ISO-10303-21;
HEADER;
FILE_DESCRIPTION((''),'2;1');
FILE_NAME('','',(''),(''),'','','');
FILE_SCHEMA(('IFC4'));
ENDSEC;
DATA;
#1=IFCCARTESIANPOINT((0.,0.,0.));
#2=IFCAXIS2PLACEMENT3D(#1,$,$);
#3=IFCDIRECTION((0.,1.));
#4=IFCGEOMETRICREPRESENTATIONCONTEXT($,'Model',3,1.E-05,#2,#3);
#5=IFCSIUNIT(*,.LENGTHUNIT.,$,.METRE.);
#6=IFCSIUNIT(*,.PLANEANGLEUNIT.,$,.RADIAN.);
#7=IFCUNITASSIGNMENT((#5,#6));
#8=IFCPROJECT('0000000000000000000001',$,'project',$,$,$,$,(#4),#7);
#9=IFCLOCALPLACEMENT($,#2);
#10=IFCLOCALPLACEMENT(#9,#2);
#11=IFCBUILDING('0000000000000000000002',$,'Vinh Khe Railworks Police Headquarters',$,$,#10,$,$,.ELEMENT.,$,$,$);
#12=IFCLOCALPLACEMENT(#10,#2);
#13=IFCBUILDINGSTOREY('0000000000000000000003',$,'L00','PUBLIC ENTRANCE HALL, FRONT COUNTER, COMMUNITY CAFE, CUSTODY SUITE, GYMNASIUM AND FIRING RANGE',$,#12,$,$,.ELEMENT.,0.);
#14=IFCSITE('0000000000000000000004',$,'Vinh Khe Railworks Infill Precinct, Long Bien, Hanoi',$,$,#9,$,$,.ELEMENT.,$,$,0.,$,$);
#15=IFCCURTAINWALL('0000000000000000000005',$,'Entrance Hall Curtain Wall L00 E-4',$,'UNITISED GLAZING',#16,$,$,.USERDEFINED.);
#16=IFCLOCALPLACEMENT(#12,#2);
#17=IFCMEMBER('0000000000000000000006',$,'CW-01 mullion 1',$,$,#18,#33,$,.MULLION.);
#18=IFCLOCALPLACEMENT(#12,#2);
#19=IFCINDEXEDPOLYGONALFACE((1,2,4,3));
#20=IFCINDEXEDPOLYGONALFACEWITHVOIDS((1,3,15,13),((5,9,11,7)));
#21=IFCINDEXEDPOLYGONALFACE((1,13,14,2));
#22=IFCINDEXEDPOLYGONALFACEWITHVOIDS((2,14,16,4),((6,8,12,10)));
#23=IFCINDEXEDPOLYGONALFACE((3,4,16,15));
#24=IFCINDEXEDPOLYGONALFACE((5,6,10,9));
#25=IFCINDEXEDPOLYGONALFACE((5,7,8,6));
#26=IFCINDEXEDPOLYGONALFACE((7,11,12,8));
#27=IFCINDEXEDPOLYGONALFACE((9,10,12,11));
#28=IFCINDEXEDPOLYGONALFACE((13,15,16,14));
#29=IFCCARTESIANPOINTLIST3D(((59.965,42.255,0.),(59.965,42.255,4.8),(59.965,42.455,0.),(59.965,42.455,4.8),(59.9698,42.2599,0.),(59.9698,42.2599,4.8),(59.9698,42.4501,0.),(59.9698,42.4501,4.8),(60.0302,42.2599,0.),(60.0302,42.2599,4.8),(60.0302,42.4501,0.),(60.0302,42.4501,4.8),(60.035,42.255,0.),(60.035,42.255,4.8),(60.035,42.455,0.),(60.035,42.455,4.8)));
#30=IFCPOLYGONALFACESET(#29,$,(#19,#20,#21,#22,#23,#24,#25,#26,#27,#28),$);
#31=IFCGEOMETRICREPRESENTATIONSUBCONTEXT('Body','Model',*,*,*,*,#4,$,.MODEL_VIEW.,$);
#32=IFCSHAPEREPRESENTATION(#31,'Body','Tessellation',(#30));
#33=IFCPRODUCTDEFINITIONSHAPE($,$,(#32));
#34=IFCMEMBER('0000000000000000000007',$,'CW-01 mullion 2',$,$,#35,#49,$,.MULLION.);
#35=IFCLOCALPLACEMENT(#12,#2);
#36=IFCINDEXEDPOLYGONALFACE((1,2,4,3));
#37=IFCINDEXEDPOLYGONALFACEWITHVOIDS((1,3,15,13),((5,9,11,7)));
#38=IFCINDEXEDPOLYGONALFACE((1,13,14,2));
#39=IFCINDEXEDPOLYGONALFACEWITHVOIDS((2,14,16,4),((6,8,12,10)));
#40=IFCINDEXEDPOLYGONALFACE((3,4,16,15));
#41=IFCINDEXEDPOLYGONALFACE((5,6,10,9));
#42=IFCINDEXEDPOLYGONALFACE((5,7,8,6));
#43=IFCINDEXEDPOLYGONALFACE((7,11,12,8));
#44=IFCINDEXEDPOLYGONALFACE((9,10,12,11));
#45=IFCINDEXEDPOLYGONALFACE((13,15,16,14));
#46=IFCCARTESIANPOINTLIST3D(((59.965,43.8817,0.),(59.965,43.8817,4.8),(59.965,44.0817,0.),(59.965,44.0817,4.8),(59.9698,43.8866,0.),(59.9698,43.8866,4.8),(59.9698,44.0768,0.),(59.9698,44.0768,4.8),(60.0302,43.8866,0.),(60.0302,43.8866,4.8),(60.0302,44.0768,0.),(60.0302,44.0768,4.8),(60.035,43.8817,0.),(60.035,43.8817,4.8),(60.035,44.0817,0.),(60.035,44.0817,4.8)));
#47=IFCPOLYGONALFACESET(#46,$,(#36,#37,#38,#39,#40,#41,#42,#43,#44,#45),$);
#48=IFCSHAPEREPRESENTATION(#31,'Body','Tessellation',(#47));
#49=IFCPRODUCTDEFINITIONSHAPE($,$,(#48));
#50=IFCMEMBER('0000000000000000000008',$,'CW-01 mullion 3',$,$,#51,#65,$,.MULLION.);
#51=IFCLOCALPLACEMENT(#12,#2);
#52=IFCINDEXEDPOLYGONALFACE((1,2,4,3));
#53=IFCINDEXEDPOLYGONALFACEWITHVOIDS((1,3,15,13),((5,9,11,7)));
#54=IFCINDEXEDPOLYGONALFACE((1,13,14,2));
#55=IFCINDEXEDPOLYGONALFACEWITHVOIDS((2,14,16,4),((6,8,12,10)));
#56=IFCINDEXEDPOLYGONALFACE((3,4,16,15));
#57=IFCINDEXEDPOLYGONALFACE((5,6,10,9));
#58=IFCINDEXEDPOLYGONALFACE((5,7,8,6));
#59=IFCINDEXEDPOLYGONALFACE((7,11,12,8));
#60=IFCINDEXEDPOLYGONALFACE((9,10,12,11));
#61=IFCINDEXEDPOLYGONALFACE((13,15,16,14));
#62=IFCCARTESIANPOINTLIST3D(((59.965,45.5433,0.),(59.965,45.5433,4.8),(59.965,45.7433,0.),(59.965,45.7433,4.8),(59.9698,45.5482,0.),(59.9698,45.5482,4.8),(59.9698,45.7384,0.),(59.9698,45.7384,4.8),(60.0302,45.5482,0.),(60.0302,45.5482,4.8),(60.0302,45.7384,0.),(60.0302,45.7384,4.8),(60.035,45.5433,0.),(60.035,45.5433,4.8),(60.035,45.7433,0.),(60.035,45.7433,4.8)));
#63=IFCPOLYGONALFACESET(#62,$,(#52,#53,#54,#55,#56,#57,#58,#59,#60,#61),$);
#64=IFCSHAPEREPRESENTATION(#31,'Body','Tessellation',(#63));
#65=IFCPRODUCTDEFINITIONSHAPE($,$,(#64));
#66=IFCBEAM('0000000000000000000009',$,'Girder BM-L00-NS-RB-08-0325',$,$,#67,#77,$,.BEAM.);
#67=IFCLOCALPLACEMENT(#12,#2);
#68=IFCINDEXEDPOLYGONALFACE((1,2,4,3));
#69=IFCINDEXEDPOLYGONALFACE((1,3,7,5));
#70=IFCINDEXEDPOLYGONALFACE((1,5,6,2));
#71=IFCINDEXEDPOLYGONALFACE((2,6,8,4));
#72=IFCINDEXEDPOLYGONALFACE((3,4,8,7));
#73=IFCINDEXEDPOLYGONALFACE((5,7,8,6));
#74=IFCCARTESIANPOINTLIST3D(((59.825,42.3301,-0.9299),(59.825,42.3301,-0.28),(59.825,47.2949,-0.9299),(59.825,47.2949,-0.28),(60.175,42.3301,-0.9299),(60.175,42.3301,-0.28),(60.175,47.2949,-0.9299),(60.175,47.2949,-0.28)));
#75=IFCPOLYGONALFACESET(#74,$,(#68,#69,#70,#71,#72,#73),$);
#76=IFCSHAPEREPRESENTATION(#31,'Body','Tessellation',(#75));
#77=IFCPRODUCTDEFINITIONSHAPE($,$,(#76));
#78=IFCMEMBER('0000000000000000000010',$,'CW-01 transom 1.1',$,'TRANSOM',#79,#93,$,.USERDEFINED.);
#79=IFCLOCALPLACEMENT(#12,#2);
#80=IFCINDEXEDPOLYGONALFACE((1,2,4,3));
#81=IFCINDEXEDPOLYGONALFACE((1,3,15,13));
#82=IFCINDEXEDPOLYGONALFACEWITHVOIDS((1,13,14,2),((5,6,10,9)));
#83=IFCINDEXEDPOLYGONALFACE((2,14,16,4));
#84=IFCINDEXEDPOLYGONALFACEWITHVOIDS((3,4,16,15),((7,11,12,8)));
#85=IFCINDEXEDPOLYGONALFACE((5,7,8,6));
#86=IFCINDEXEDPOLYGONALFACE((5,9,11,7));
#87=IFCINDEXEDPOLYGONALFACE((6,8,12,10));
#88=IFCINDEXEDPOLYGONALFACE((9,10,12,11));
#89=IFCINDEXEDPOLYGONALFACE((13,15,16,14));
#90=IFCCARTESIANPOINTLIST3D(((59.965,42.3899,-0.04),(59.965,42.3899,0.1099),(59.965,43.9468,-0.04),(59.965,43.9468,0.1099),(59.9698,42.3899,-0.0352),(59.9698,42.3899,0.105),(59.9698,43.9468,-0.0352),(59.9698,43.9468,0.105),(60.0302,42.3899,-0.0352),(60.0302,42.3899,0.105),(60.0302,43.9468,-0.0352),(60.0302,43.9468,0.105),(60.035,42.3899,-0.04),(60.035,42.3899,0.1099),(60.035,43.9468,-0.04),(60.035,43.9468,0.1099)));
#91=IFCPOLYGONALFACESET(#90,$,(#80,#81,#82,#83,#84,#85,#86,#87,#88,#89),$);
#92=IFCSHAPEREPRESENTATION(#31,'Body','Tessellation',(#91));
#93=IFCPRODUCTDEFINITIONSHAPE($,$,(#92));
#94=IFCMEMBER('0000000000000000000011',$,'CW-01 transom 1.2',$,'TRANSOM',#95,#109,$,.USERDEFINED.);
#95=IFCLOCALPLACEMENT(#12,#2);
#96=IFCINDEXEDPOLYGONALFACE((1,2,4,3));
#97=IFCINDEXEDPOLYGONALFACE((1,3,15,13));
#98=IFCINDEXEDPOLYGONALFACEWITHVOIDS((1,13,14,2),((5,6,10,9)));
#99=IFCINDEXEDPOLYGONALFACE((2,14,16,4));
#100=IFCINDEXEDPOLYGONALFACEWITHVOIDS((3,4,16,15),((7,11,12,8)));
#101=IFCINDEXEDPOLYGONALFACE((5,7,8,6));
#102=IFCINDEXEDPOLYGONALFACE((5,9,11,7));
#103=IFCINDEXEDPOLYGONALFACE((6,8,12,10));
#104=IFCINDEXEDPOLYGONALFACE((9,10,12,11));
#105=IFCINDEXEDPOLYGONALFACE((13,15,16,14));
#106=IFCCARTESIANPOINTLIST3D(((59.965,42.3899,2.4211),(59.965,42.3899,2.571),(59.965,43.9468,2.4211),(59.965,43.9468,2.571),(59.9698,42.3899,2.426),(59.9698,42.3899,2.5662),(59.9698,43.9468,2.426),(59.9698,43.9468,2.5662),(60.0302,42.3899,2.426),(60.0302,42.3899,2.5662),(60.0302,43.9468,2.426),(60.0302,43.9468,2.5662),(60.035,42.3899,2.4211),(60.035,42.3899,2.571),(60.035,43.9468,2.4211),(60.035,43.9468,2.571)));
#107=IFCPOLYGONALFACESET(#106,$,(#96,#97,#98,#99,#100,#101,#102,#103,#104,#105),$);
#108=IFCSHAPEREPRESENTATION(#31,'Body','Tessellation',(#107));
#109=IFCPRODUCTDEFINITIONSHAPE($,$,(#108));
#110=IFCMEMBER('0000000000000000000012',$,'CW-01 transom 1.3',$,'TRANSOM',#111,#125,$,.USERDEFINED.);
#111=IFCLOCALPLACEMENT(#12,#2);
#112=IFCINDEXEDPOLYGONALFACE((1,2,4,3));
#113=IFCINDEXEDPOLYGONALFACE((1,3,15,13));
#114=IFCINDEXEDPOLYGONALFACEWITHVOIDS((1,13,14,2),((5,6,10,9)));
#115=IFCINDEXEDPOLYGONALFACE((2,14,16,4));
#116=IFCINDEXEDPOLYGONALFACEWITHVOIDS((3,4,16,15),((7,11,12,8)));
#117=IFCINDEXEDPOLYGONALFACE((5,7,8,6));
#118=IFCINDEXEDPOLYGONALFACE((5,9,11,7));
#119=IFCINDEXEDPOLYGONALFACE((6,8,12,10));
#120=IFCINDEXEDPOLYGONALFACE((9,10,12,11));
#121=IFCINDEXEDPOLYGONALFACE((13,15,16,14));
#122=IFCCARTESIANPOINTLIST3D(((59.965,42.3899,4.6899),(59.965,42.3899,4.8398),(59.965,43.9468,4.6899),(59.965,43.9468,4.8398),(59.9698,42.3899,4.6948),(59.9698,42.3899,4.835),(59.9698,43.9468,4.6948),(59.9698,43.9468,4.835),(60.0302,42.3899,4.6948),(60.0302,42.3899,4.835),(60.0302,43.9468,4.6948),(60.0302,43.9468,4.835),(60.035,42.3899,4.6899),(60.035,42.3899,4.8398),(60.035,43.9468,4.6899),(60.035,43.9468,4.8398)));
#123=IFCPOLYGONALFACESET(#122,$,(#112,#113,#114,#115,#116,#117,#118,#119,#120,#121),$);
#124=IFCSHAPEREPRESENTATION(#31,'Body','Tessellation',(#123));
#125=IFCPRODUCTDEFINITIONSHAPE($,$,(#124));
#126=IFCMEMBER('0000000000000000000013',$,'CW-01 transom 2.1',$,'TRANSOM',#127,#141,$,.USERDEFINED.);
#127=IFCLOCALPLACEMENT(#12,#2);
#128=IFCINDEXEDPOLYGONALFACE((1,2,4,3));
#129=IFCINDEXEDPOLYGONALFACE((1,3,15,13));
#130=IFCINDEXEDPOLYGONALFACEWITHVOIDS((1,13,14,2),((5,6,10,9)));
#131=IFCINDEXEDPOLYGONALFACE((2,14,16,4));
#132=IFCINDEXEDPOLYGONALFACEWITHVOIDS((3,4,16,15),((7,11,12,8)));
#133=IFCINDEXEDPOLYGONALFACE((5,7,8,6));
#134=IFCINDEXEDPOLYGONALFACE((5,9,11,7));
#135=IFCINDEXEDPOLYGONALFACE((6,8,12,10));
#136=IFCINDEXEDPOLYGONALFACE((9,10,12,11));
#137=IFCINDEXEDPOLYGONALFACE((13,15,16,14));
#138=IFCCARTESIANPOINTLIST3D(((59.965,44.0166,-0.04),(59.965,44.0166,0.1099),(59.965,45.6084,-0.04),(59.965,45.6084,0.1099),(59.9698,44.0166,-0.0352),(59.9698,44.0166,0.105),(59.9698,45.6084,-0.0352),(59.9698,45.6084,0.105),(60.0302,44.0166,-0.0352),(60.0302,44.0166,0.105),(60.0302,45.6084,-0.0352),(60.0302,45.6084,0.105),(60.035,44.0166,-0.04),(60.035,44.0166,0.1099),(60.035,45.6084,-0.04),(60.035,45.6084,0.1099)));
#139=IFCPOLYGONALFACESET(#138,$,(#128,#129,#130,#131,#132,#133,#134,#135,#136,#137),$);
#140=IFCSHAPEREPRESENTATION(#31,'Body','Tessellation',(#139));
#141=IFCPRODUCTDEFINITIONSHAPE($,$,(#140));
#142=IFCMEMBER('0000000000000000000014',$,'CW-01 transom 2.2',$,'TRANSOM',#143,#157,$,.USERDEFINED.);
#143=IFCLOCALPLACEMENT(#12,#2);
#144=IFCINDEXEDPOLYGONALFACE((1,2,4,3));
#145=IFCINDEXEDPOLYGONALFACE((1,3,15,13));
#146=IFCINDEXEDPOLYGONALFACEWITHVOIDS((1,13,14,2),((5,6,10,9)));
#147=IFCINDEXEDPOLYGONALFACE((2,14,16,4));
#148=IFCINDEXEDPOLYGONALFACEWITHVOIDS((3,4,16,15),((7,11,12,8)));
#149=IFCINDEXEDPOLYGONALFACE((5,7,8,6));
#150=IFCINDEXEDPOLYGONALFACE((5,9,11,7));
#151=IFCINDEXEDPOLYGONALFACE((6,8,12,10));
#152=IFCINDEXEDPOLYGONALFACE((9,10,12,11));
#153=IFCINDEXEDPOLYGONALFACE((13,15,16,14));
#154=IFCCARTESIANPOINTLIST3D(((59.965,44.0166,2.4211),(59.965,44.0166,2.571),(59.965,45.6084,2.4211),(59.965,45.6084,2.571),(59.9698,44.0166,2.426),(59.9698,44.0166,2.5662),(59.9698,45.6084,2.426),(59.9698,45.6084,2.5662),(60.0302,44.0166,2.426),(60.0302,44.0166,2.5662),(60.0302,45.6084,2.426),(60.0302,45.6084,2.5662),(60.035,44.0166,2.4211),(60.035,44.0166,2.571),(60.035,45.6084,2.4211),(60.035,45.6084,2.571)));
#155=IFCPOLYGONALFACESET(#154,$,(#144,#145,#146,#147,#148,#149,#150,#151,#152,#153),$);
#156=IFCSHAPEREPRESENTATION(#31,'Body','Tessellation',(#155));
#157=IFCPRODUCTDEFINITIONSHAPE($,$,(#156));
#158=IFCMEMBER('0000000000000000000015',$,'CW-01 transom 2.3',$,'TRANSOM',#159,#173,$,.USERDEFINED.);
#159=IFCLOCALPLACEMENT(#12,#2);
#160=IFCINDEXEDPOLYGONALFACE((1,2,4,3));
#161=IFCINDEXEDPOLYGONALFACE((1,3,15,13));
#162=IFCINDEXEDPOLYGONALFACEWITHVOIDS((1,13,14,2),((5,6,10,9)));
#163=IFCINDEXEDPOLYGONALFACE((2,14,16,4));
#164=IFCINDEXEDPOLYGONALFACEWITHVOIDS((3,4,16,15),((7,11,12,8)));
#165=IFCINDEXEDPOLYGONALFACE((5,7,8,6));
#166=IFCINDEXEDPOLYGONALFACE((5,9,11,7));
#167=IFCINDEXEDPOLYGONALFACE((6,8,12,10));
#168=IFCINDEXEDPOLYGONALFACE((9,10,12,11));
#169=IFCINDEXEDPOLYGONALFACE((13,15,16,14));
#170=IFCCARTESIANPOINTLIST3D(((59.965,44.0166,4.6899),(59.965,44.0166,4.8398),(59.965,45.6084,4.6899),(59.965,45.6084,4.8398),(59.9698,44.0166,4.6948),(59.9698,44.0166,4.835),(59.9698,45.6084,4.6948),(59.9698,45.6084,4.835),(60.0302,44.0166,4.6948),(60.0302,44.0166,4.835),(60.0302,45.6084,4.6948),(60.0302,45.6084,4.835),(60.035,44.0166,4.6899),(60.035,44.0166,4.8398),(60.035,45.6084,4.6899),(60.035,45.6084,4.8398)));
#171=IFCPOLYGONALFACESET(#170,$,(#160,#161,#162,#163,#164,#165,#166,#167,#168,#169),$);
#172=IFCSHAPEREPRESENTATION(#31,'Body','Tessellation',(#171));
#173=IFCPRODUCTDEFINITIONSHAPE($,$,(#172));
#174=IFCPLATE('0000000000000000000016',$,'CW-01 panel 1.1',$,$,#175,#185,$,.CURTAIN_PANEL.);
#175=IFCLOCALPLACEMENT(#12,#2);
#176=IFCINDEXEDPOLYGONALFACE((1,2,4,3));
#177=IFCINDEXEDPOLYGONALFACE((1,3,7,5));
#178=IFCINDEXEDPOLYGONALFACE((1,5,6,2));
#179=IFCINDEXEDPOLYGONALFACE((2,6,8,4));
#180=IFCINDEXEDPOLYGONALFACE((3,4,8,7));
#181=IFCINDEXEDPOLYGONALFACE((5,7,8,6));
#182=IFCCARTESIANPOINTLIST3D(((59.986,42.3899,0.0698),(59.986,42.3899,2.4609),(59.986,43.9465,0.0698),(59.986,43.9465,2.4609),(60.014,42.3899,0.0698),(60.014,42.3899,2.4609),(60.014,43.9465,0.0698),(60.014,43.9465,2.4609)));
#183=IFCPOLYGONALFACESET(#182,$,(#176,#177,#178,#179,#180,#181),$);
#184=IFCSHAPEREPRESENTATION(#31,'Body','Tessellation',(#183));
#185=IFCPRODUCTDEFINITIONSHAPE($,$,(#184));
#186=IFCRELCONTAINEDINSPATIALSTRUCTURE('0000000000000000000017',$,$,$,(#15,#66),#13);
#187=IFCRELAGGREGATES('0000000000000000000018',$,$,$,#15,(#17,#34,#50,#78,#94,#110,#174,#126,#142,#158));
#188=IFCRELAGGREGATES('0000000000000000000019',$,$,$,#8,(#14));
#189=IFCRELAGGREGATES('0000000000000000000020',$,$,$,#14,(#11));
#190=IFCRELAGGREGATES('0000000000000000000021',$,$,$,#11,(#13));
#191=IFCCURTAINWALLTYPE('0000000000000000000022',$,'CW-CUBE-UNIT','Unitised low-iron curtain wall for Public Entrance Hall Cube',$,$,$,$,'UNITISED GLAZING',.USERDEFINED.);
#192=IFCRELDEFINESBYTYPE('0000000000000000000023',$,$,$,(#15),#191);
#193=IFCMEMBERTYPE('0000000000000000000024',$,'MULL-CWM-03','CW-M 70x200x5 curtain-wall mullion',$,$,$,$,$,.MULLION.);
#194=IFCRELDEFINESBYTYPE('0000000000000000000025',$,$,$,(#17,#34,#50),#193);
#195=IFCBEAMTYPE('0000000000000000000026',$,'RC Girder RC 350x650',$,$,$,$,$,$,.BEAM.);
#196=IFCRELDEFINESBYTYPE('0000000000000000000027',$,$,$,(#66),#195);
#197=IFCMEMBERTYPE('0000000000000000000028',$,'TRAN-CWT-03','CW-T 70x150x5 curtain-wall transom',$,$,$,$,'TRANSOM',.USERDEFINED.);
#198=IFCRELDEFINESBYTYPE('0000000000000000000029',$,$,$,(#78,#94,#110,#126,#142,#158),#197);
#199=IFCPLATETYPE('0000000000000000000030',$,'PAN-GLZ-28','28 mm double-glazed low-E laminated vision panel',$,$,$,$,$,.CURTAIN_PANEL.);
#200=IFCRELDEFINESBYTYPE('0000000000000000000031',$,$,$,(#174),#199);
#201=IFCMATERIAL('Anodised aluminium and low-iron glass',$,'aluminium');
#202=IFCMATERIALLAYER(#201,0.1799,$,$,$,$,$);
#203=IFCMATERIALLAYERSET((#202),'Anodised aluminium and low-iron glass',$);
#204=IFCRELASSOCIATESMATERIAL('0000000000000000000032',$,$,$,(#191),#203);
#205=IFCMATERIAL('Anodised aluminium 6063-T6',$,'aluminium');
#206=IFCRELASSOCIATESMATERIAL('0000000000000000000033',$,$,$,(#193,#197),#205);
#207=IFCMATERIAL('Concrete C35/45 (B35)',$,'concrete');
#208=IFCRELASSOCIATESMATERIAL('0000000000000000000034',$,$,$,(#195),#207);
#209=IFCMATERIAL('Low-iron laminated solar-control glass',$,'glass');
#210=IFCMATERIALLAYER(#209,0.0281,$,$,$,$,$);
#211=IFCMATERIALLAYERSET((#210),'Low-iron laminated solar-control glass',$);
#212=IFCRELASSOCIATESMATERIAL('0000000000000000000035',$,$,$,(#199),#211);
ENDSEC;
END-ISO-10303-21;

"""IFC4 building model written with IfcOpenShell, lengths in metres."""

from ifc_helpers import new_model, si_unit, direction, frame, origin, origin_2d, place, context, subcontext, project, spatial, rectangle, hollow_rectangle, extrude, material, layer, layer_set, material_profile, profile_set, type_object, element, aggregate, save


model = new_model("IFC4")

# Units and contexts
model_context = context("Model", 3, precision=1e-05, world=origin(), true_north=direction((0.0, 1.0)))
body_context = subcontext(model_context, "Body", "Model", "MODEL_VIEW")
ifc_project = project(units=[si_unit("LENGTHUNIT", "METRE"), si_unit("PLANEANGLEUNIT", "RADIAN")], contexts=[model_context])

# Site, building, storey
site_placement = place(None, origin())
site = spatial("IfcSite", under=ifc_project, at=site_placement, Name="Vinh Khe Railworks Infill Precinct, Long Bien, Hanoi", CompositionType="ELEMENT", RefElevation=0.0)
building_placement = place(site_placement, origin())
building = spatial("IfcBuilding", under=site, at=building_placement, Name="Vinh Khe Railworks Police Headquarters", CompositionType="ELEMENT")
storey_placement = place(building_placement, origin())
storey = spatial("IfcBuildingStorey", under=building, at=storey_placement, Name="L00", Description="PUBLIC ENTRANCE HALL, FRONT COUNTER, COMMUNITY CAFE, CUSTODY SUITE, GYMNASIUM AND FIRING RANGE", CompositionType="ELEMENT", Elevation=0.0)

# Curtain wall, members
ifc_material_1 = material(Name="Anodised aluminium and low-iron glass", Category="aluminium")
ifc_layer_1 = layer(ifc_material_1, 0.1799)
ifc_layer_set_1 = layer_set([ifc_layer_1], Name="Anodised aluminium and low-iron glass")
curtain_wall_type = type_object("IfcCurtainWallType", Name="CW-CUBE-UNIT", Description="Unitised low-iron curtain wall for Public Entrance Hall Cube", ElementType="UNITISED GLAZING", PredefinedType="USERDEFINED", material=ifc_layer_set_1)
curtain_wall_placement = place(storey_placement, origin())
curtain_wall = element("IfcCurtainWall", 1, at=curtain_wall_placement, inside=storey, type_object=curtain_wall_type, Name="Entrance Hall Curtain Wall L00 E-4", ObjectType="UNITISED GLAZING", PredefinedType="USERDEFINED")
ifc_material_2 = material(Name="Anodised aluminium 6063-T6", Category="aluminium")
ifc_material_profile_1 = material_profile(ifc_material_2, hollow_rectangle(XDim=0.0701, YDim=0.2, WallThickness=0.0049, at=origin_2d()), Name="CW-M 70x200x5")
ifc_profile_set_1 = profile_set([ifc_material_profile_1], Name="Anodised aluminium 6063-T6")
member_type_1 = type_object("IfcMemberType", Name="MULL-CWM-03", Description="CW-M 70x200x5 curtain-wall mullion", PredefinedType="MULLION", material=ifc_profile_set_1)
member_1_placement = place(storey_placement, frame((60.0, 42.355, 0.0), z_axis=(0.0, 0.0, 1.0), x_axis=(-1.0, 0.0, 0.0)))
member_1 = element("IfcMember", 2, at=member_1_placement, type_object=member_type_1, Name="CW-01 mullion 1", PredefinedType="MULLION", context=body_context, shape_type="SweptSolid", body=[
    extrude(hollow_rectangle(XDim=0.0701, YDim=0.2, WallThickness=0.0049, at=origin_2d()), origin(), (0.0, 0.0, 1.0), 4.8),
])
member_2_placement = place(storey_placement, frame((60.0, 43.9817, 0.0), z_axis=(0.0, 0.0, 1.0), x_axis=(-1.0, 0.0, 0.0)))
member_2 = element("IfcMember", 3, at=member_2_placement, type_object=member_type_1, Name="CW-01 mullion 2", PredefinedType="MULLION", context=body_context, shape_type="SweptSolid", body=[
    extrude(hollow_rectangle(XDim=0.0701, YDim=0.2, WallThickness=0.0049, at=origin_2d()), origin(), (0.0, 0.0, 1.0), 4.8),
])
member_3_placement = place(storey_placement, frame((60.0, 45.6433, 0.0), z_axis=(0.0, 0.0, 1.0), x_axis=(-1.0, 0.0, 0.0)))
member_3 = element("IfcMember", 4, at=member_3_placement, type_object=member_type_1, Name="CW-01 mullion 3", PredefinedType="MULLION", context=body_context, shape_type="SweptSolid", body=[
    extrude(hollow_rectangle(XDim=0.0701, YDim=0.2, WallThickness=0.0049, at=origin_2d()), origin(), (0.0, 0.0, 1.0), 4.8),
])

# Beam
ifc_material_3 = material(Name="Concrete C35/45 (B35)", Category="concrete")
ifc_material_profile_2 = material_profile(ifc_material_3, rectangle(XDim=0.3501, YDim=0.6499, at=origin_2d()), Name="RC 350x650")
ifc_profile_set_2 = profile_set([ifc_material_profile_2], Name="Concrete C35/45 (B35)")
beam_type = type_object("IfcBeamType", Name="RC Girder RC 350x650", PredefinedType="BEAM", material=ifc_profile_set_2)
beam_placement = place(storey_placement, frame((60.0, 42.3301, -0.605), z_axis=(0.0, 1.0, 0.0), x_axis=(-1.0, 0.0, 0.0)))
element("IfcBeam", 5, at=beam_placement, inside=storey, type_object=beam_type, Name="Girder BM-L00-NS-RB-08-0325", PredefinedType="BEAM", context=body_context, shape_type="SweptSolid", body=[
    extrude(rectangle(XDim=0.3501, YDim=0.6499, at=origin_2d()), origin(), (0.0, 0.0, 1.0), 4.9648),
])

# Members
ifc_material_profile_3 = material_profile(ifc_material_2, hollow_rectangle(XDim=0.0701, YDim=0.1499, WallThickness=0.0049, at=origin_2d()), Name="CW-T 70x150x5")
ifc_profile_set_3 = profile_set([ifc_material_profile_3], Name="Anodised aluminium 6063-T6")
member_type_2 = type_object("IfcMemberType", Name="TRAN-CWT-03", Description="CW-T 70x150x5 curtain-wall transom", ElementType="TRANSOM", PredefinedType="USERDEFINED", material=ifc_profile_set_3)
member_4_placement = place(storey_placement, frame((60.0, 42.3899, 0.0349), z_axis=(0.0, 1.0, 0.0), x_axis=(-1.0, 0.0, 0.0)))
member_4 = element("IfcMember", 6, at=member_4_placement, type_object=member_type_2, Name="CW-01 transom 1.1", ObjectType="TRANSOM", PredefinedType="USERDEFINED", context=body_context, shape_type="SweptSolid", body=[
    extrude(hollow_rectangle(XDim=0.0701, YDim=0.1499, WallThickness=0.0049, at=origin_2d()), origin(), (0.0, 0.0, 1.0), 1.5569),
])
member_5_placement = place(storey_placement, frame((60.0, 42.3899, 2.4961), z_axis=(0.0, 1.0, 0.0), x_axis=(-1.0, 0.0, 0.0)))
member_5 = element("IfcMember", 7, at=member_5_placement, type_object=member_type_2, Name="CW-01 transom 1.2", ObjectType="TRANSOM", PredefinedType="USERDEFINED", context=body_context, shape_type="SweptSolid", body=[
    extrude(hollow_rectangle(XDim=0.0701, YDim=0.1499, WallThickness=0.0049, at=origin_2d()), origin(), (0.0, 0.0, 1.0), 1.5569),
])
member_6_placement = place(storey_placement, frame((60.0, 42.3899, 4.7649), z_axis=(0.0, 1.0, 0.0), x_axis=(-1.0, 0.0, 0.0)))
member_6 = element("IfcMember", 8, at=member_6_placement, type_object=member_type_2, Name="CW-01 transom 1.3", ObjectType="TRANSOM", PredefinedType="USERDEFINED", context=body_context, shape_type="SweptSolid", body=[
    extrude(hollow_rectangle(XDim=0.0701, YDim=0.1499, WallThickness=0.0049, at=origin_2d()), origin(), (0.0, 0.0, 1.0), 1.5569),
])
member_7_placement = place(storey_placement, frame((60.0, 44.0166, 0.0349), z_axis=(0.0, 1.0, 0.0), x_axis=(-1.0, 0.0, 0.0)))
member_7 = element("IfcMember", 9, at=member_7_placement, type_object=member_type_2, Name="CW-01 transom 2.1", ObjectType="TRANSOM", PredefinedType="USERDEFINED", context=body_context, shape_type="SweptSolid", body=[
    extrude(hollow_rectangle(XDim=0.0701, YDim=0.1499, WallThickness=0.0049, at=origin_2d()), origin(), (0.0, 0.0, 1.0), 1.5918),
])
member_8_placement = place(storey_placement, frame((60.0, 44.0166, 2.4961), z_axis=(0.0, 1.0, 0.0), x_axis=(-1.0, 0.0, 0.0)))
member_8 = element("IfcMember", 10, at=member_8_placement, type_object=member_type_2, Name="CW-01 transom 2.2", ObjectType="TRANSOM", PredefinedType="USERDEFINED", context=body_context, shape_type="SweptSolid", body=[
    extrude(hollow_rectangle(XDim=0.0701, YDim=0.1499, WallThickness=0.0049, at=origin_2d()), origin(), (0.0, 0.0, 1.0), 1.5918),
])
member_9_placement = place(storey_placement, frame((60.0, 44.0166, 4.7649), z_axis=(0.0, 1.0, 0.0), x_axis=(-1.0, 0.0, 0.0)))
member_9 = element("IfcMember", 11, at=member_9_placement, type_object=member_type_2, Name="CW-01 transom 2.3", ObjectType="TRANSOM", PredefinedType="USERDEFINED", context=body_context, shape_type="SweptSolid", body=[
    extrude(hollow_rectangle(XDim=0.0701, YDim=0.1499, WallThickness=0.0049, at=origin_2d()), origin(), (0.0, 0.0, 1.0), 1.5918),
])

# Plate
ifc_material_4 = material(Name="Low-iron laminated solar-control glass", Category="glass")
ifc_layer_2 = layer(ifc_material_4, 0.0281)
ifc_layer_set_2 = layer_set([ifc_layer_2], Name="Low-iron laminated solar-control glass")
plate_type = type_object("IfcPlateType", Name="PAN-GLZ-28", Description="28 mm double-glazed low-E laminated vision panel", PredefinedType="CURTAIN_PANEL", material=ifc_layer_set_2)
plate_1_placement = place(storey_placement, frame((60.0, 43.1682, 0.0698), z_axis=(0.0, 0.0, 1.0), x_axis=(0.0, 1.0, 0.0)))
plate_1 = element("IfcPlate", 12, at=plate_1_placement, type_object=plate_type, Name="CW-01 panel 1.1", PredefinedType="CURTAIN_PANEL", context=body_context, shape_type="SweptSolid", body=[
    extrude(rectangle(XDim=1.5566, YDim=0.0281, at=origin_2d()), origin(), (0.0, 0.0, 1.0), 2.3911),
])
aggregate(curtain_wall, [member_1, member_2, member_3, member_4, member_5, member_6, plate_1, member_7, member_8, member_9])

save(model, "model.ifc")
